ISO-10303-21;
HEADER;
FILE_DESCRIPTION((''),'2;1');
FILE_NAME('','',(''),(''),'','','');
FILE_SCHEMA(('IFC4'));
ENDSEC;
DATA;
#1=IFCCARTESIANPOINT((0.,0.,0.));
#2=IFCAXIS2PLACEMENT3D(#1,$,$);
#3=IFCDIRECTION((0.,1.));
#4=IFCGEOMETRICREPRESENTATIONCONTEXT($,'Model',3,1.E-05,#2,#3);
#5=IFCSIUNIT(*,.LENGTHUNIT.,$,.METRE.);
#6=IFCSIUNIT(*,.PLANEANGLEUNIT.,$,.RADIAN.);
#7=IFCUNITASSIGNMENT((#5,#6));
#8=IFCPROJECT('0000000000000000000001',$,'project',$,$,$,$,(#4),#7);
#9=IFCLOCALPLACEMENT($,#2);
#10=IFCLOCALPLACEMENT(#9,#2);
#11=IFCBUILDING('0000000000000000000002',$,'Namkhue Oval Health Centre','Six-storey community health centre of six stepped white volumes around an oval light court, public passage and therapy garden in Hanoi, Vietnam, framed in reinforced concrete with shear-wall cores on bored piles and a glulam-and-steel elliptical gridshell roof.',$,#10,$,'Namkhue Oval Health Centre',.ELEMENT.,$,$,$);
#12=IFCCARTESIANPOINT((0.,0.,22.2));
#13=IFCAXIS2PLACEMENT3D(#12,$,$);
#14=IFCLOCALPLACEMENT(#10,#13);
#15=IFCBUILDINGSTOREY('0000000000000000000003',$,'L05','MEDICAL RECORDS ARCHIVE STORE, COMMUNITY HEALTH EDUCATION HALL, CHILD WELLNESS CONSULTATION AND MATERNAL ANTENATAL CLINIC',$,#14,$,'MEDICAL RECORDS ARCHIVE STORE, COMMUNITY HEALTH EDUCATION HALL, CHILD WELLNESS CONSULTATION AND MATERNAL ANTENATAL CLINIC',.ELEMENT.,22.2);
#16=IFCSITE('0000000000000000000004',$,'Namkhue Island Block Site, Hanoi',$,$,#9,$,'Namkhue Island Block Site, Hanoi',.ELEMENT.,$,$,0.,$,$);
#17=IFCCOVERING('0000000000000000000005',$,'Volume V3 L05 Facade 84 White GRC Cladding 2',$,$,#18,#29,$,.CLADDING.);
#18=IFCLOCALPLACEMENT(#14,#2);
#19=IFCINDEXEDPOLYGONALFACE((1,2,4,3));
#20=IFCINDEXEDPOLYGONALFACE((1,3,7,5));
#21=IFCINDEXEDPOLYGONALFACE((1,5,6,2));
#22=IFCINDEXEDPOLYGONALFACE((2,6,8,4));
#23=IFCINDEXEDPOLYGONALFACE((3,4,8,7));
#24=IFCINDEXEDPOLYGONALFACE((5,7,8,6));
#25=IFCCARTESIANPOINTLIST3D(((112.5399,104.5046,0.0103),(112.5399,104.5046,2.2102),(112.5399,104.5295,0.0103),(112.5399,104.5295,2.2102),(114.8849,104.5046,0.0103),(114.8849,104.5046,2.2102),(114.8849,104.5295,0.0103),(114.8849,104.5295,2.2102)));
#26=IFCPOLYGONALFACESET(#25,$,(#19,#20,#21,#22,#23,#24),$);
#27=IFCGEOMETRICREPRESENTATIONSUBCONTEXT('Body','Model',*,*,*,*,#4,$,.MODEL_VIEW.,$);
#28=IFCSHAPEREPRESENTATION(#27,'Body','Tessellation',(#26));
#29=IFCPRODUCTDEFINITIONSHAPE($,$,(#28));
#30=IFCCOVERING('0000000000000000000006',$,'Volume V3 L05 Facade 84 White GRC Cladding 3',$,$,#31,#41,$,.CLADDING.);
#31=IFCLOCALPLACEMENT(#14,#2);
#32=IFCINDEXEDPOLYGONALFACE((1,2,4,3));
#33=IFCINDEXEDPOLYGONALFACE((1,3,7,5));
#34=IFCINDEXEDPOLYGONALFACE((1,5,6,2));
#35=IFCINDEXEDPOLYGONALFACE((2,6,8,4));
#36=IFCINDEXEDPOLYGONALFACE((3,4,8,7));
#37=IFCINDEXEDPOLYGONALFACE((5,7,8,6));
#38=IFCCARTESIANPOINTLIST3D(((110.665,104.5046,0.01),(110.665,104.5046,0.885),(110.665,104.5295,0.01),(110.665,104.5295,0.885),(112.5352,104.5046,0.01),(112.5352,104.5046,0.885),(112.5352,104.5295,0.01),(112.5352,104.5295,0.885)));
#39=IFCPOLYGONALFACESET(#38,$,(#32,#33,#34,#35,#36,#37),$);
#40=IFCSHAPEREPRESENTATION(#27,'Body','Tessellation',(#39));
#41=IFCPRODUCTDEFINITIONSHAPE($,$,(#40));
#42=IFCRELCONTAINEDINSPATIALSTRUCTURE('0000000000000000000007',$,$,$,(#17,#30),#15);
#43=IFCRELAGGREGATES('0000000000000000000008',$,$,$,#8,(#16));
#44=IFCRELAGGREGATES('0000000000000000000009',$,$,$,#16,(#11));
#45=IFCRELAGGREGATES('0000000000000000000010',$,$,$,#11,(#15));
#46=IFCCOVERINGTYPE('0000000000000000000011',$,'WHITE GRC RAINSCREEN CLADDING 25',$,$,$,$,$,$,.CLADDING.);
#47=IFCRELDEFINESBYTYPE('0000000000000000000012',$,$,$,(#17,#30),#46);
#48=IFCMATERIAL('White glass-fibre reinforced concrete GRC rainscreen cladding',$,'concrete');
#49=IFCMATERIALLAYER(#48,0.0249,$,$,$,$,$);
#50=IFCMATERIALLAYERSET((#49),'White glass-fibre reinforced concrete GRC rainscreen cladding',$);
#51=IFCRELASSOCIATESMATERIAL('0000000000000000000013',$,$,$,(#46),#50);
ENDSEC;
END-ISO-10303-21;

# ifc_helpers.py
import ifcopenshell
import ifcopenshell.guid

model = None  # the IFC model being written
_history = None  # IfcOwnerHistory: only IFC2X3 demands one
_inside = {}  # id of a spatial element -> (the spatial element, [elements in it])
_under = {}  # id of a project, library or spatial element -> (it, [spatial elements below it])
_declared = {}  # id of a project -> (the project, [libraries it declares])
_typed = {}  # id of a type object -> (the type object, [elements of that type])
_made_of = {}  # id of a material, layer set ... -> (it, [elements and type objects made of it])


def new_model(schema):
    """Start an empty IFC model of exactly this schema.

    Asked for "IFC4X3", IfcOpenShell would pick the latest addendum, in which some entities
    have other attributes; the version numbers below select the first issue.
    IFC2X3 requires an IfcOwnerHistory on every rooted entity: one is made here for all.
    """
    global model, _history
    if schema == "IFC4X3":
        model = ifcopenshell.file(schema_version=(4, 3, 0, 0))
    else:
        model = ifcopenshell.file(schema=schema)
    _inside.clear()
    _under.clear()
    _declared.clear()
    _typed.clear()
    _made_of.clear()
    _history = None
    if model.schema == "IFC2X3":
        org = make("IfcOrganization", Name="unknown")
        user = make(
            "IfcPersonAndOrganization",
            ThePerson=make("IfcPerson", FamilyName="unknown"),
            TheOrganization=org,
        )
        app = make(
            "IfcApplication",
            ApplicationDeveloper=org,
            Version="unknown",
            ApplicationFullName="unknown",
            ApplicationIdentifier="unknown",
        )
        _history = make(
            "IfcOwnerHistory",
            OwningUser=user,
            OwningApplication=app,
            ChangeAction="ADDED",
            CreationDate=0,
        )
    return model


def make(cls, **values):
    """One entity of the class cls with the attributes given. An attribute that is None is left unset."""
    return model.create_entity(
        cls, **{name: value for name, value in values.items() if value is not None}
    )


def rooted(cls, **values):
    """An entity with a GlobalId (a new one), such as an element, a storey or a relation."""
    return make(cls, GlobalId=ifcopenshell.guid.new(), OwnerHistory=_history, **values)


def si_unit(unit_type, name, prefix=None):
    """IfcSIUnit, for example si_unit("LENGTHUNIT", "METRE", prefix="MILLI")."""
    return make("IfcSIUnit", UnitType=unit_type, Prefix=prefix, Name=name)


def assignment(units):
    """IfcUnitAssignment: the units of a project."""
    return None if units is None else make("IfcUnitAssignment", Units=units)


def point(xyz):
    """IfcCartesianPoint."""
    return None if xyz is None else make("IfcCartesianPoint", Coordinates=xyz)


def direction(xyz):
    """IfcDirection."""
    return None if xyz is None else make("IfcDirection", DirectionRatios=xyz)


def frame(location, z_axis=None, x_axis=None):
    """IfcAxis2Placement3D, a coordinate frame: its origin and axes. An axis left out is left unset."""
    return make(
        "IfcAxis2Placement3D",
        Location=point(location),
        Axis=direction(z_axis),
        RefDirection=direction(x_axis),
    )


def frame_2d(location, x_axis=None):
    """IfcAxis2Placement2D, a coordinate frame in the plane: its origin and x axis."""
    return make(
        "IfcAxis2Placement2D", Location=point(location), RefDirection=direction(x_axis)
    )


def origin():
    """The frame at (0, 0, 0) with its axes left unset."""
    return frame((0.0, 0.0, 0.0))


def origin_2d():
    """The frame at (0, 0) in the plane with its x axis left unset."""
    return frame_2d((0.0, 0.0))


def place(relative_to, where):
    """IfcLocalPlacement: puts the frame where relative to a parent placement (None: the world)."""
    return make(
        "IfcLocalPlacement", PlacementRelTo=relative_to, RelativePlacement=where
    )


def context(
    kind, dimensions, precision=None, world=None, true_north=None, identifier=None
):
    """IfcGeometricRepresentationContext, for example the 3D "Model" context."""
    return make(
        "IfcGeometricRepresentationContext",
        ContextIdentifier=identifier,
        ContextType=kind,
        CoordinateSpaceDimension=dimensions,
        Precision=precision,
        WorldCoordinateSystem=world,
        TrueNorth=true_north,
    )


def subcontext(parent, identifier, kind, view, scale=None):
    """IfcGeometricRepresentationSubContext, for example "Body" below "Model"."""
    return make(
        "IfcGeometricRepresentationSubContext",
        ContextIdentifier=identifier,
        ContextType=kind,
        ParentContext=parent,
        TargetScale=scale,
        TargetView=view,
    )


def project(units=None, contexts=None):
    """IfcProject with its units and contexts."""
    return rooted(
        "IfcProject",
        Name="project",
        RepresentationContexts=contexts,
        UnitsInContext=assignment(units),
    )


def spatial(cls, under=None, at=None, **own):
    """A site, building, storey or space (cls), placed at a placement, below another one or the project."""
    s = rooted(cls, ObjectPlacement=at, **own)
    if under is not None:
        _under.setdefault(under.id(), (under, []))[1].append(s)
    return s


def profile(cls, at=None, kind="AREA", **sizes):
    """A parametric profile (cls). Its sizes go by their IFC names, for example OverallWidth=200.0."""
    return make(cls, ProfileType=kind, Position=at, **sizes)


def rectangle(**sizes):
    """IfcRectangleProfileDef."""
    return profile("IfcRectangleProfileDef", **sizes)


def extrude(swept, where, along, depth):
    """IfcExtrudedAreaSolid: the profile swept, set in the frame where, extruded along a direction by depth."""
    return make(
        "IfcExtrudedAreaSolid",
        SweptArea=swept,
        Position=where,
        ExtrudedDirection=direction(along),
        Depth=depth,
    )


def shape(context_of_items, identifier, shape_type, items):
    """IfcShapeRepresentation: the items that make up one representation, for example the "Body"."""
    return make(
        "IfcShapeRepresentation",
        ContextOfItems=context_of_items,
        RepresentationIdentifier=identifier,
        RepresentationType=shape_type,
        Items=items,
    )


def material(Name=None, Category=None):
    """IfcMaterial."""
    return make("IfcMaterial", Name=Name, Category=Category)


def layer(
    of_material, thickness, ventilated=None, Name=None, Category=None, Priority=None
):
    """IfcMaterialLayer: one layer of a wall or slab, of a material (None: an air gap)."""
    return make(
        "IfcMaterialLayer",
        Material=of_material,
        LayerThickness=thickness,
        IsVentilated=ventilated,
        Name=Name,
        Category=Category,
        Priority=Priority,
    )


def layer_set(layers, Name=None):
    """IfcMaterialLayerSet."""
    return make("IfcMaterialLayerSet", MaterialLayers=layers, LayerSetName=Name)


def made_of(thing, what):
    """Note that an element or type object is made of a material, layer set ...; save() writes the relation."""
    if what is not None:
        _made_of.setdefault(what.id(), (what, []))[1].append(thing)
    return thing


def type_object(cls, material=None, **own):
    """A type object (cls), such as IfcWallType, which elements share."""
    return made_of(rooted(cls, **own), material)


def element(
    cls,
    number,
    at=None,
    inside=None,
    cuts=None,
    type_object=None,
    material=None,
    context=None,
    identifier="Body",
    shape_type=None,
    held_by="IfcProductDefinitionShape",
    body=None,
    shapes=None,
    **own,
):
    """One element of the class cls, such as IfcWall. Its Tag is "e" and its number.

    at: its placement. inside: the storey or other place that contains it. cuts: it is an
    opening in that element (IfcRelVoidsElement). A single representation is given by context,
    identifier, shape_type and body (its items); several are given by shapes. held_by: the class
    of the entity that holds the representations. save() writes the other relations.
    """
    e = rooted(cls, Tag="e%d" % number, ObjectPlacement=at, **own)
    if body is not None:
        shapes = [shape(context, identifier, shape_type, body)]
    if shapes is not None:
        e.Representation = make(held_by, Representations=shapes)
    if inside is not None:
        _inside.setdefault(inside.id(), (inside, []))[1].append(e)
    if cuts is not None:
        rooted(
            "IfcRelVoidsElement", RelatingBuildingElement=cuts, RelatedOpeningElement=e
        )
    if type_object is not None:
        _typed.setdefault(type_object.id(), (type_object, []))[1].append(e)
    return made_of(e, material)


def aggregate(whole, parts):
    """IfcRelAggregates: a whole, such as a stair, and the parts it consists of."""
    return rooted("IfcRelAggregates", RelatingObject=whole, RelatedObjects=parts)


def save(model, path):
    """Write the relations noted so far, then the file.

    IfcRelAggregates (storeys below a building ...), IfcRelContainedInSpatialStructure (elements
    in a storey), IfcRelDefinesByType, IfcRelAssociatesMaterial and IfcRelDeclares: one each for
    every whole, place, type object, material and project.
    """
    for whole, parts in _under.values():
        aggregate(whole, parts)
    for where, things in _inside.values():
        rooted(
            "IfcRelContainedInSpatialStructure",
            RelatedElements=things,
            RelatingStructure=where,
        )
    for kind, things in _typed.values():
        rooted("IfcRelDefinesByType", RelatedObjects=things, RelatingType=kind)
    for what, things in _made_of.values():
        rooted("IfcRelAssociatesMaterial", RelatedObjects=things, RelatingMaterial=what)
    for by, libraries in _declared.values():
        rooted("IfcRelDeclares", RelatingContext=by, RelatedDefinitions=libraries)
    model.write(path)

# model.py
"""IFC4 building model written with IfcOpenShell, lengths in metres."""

from ifc_helpers import new_model, si_unit, direction, frame, origin, origin_2d, place, context, subcontext, project, spatial, rectangle, extrude, material, layer, layer_set, type_object, element, save


model = new_model("IFC4")

# Units and contexts
model_context = context("Model", 3, precision=1e-05, world=origin(), true_north=direction((0.0, 1.0)))
body_context = subcontext(model_context, "Body", "Model", "MODEL_VIEW")
ifc_project = project(units=[si_unit("LENGTHUNIT", "METRE"), si_unit("PLANEANGLEUNIT", "RADIAN")], contexts=[model_context])

# Site, building, storey
site_placement = place(None, origin())
site = spatial("IfcSite", under=ifc_project, at=site_placement, Name="Namkhue Island Block Site, Hanoi", LongName="Namkhue Island Block Site, Hanoi", CompositionType="ELEMENT", RefElevation=0.0)
building_placement = place(site_placement, origin())
building = spatial("IfcBuilding", under=site, at=building_placement, Name="Namkhue Oval Health Centre", Description="Six-storey community health centre of six stepped white volumes around an oval light court, public passage and therapy garden in Hanoi, Vietnam, framed in reinforced concrete with shear-wall cores on bored piles and a glulam-and-steel elliptical gridshell roof.", LongName="Namkhue Oval Health Centre", CompositionType="ELEMENT")
storey_placement = place(building_placement, frame((0.0, 0.0, 22.2)))
storey = spatial("IfcBuildingStorey", under=building, at=storey_placement, Name="L05", Description="MEDICAL RECORDS ARCHIVE STORE, COMMUNITY HEALTH EDUCATION HALL, CHILD WELLNESS CONSULTATION AND MATERNAL ANTENATAL CLINIC", LongName="MEDICAL RECORDS ARCHIVE STORE, COMMUNITY HEALTH EDUCATION HALL, CHILD WELLNESS CONSULTATION AND MATERNAL ANTENATAL CLINIC", CompositionType="ELEMENT", Elevation=22.2)

# Coverings
ifc_material_1 = material(Name="White glass-fibre reinforced concrete GRC rainscreen cladding", Category="concrete")
ifc_layer_1 = layer(ifc_material_1, 0.0249)
ifc_layer_set_1 = layer_set([ifc_layer_1], Name="White glass-fibre reinforced concrete GRC rainscreen cladding")
covering_type = type_object("IfcCoveringType", Name="WHITE GRC RAINSCREEN CLADDING 25", PredefinedType="CLADDING", material=ifc_layer_set_1)
covering_1_placement = place(storey_placement, frame((113.7124, 104.5171, 0.0103), z_axis=(0.0, 0.0, 1.0), x_axis=(-1.0, 0.0, 0.0)))
element("IfcCovering", 1, at=covering_1_placement, inside=storey, type_object=covering_type, Name="Volume V3 L05 Facade 84 White GRC Cladding 2", PredefinedType="CLADDING", context=body_context, shape_type="SweptSolid", body=[
    extrude(rectangle(XDim=2.345, YDim=0.0249, at=origin_2d()), origin(), (0.0, 0.0, 1.0), 2.2),
])
covering_2_placement = place(storey_placement, frame((111.6001, 104.5171, 0.01), z_axis=(0.0, 0.0, 1.0), x_axis=(-1.0, 0.0, 0.0)))
element("IfcCovering", 2, at=covering_2_placement, inside=storey, type_object=covering_type, Name="Volume V3 L05 Facade 84 White GRC Cladding 3", PredefinedType="CLADDING", context=body_context, shape_type="SweptSolid", body=[
    extrude(rectangle(XDim=1.8701, YDim=0.0249, at=origin_2d()), origin(), (0.0, 0.0, 1.0), 0.875),
])

save(model, "model.ifc")
